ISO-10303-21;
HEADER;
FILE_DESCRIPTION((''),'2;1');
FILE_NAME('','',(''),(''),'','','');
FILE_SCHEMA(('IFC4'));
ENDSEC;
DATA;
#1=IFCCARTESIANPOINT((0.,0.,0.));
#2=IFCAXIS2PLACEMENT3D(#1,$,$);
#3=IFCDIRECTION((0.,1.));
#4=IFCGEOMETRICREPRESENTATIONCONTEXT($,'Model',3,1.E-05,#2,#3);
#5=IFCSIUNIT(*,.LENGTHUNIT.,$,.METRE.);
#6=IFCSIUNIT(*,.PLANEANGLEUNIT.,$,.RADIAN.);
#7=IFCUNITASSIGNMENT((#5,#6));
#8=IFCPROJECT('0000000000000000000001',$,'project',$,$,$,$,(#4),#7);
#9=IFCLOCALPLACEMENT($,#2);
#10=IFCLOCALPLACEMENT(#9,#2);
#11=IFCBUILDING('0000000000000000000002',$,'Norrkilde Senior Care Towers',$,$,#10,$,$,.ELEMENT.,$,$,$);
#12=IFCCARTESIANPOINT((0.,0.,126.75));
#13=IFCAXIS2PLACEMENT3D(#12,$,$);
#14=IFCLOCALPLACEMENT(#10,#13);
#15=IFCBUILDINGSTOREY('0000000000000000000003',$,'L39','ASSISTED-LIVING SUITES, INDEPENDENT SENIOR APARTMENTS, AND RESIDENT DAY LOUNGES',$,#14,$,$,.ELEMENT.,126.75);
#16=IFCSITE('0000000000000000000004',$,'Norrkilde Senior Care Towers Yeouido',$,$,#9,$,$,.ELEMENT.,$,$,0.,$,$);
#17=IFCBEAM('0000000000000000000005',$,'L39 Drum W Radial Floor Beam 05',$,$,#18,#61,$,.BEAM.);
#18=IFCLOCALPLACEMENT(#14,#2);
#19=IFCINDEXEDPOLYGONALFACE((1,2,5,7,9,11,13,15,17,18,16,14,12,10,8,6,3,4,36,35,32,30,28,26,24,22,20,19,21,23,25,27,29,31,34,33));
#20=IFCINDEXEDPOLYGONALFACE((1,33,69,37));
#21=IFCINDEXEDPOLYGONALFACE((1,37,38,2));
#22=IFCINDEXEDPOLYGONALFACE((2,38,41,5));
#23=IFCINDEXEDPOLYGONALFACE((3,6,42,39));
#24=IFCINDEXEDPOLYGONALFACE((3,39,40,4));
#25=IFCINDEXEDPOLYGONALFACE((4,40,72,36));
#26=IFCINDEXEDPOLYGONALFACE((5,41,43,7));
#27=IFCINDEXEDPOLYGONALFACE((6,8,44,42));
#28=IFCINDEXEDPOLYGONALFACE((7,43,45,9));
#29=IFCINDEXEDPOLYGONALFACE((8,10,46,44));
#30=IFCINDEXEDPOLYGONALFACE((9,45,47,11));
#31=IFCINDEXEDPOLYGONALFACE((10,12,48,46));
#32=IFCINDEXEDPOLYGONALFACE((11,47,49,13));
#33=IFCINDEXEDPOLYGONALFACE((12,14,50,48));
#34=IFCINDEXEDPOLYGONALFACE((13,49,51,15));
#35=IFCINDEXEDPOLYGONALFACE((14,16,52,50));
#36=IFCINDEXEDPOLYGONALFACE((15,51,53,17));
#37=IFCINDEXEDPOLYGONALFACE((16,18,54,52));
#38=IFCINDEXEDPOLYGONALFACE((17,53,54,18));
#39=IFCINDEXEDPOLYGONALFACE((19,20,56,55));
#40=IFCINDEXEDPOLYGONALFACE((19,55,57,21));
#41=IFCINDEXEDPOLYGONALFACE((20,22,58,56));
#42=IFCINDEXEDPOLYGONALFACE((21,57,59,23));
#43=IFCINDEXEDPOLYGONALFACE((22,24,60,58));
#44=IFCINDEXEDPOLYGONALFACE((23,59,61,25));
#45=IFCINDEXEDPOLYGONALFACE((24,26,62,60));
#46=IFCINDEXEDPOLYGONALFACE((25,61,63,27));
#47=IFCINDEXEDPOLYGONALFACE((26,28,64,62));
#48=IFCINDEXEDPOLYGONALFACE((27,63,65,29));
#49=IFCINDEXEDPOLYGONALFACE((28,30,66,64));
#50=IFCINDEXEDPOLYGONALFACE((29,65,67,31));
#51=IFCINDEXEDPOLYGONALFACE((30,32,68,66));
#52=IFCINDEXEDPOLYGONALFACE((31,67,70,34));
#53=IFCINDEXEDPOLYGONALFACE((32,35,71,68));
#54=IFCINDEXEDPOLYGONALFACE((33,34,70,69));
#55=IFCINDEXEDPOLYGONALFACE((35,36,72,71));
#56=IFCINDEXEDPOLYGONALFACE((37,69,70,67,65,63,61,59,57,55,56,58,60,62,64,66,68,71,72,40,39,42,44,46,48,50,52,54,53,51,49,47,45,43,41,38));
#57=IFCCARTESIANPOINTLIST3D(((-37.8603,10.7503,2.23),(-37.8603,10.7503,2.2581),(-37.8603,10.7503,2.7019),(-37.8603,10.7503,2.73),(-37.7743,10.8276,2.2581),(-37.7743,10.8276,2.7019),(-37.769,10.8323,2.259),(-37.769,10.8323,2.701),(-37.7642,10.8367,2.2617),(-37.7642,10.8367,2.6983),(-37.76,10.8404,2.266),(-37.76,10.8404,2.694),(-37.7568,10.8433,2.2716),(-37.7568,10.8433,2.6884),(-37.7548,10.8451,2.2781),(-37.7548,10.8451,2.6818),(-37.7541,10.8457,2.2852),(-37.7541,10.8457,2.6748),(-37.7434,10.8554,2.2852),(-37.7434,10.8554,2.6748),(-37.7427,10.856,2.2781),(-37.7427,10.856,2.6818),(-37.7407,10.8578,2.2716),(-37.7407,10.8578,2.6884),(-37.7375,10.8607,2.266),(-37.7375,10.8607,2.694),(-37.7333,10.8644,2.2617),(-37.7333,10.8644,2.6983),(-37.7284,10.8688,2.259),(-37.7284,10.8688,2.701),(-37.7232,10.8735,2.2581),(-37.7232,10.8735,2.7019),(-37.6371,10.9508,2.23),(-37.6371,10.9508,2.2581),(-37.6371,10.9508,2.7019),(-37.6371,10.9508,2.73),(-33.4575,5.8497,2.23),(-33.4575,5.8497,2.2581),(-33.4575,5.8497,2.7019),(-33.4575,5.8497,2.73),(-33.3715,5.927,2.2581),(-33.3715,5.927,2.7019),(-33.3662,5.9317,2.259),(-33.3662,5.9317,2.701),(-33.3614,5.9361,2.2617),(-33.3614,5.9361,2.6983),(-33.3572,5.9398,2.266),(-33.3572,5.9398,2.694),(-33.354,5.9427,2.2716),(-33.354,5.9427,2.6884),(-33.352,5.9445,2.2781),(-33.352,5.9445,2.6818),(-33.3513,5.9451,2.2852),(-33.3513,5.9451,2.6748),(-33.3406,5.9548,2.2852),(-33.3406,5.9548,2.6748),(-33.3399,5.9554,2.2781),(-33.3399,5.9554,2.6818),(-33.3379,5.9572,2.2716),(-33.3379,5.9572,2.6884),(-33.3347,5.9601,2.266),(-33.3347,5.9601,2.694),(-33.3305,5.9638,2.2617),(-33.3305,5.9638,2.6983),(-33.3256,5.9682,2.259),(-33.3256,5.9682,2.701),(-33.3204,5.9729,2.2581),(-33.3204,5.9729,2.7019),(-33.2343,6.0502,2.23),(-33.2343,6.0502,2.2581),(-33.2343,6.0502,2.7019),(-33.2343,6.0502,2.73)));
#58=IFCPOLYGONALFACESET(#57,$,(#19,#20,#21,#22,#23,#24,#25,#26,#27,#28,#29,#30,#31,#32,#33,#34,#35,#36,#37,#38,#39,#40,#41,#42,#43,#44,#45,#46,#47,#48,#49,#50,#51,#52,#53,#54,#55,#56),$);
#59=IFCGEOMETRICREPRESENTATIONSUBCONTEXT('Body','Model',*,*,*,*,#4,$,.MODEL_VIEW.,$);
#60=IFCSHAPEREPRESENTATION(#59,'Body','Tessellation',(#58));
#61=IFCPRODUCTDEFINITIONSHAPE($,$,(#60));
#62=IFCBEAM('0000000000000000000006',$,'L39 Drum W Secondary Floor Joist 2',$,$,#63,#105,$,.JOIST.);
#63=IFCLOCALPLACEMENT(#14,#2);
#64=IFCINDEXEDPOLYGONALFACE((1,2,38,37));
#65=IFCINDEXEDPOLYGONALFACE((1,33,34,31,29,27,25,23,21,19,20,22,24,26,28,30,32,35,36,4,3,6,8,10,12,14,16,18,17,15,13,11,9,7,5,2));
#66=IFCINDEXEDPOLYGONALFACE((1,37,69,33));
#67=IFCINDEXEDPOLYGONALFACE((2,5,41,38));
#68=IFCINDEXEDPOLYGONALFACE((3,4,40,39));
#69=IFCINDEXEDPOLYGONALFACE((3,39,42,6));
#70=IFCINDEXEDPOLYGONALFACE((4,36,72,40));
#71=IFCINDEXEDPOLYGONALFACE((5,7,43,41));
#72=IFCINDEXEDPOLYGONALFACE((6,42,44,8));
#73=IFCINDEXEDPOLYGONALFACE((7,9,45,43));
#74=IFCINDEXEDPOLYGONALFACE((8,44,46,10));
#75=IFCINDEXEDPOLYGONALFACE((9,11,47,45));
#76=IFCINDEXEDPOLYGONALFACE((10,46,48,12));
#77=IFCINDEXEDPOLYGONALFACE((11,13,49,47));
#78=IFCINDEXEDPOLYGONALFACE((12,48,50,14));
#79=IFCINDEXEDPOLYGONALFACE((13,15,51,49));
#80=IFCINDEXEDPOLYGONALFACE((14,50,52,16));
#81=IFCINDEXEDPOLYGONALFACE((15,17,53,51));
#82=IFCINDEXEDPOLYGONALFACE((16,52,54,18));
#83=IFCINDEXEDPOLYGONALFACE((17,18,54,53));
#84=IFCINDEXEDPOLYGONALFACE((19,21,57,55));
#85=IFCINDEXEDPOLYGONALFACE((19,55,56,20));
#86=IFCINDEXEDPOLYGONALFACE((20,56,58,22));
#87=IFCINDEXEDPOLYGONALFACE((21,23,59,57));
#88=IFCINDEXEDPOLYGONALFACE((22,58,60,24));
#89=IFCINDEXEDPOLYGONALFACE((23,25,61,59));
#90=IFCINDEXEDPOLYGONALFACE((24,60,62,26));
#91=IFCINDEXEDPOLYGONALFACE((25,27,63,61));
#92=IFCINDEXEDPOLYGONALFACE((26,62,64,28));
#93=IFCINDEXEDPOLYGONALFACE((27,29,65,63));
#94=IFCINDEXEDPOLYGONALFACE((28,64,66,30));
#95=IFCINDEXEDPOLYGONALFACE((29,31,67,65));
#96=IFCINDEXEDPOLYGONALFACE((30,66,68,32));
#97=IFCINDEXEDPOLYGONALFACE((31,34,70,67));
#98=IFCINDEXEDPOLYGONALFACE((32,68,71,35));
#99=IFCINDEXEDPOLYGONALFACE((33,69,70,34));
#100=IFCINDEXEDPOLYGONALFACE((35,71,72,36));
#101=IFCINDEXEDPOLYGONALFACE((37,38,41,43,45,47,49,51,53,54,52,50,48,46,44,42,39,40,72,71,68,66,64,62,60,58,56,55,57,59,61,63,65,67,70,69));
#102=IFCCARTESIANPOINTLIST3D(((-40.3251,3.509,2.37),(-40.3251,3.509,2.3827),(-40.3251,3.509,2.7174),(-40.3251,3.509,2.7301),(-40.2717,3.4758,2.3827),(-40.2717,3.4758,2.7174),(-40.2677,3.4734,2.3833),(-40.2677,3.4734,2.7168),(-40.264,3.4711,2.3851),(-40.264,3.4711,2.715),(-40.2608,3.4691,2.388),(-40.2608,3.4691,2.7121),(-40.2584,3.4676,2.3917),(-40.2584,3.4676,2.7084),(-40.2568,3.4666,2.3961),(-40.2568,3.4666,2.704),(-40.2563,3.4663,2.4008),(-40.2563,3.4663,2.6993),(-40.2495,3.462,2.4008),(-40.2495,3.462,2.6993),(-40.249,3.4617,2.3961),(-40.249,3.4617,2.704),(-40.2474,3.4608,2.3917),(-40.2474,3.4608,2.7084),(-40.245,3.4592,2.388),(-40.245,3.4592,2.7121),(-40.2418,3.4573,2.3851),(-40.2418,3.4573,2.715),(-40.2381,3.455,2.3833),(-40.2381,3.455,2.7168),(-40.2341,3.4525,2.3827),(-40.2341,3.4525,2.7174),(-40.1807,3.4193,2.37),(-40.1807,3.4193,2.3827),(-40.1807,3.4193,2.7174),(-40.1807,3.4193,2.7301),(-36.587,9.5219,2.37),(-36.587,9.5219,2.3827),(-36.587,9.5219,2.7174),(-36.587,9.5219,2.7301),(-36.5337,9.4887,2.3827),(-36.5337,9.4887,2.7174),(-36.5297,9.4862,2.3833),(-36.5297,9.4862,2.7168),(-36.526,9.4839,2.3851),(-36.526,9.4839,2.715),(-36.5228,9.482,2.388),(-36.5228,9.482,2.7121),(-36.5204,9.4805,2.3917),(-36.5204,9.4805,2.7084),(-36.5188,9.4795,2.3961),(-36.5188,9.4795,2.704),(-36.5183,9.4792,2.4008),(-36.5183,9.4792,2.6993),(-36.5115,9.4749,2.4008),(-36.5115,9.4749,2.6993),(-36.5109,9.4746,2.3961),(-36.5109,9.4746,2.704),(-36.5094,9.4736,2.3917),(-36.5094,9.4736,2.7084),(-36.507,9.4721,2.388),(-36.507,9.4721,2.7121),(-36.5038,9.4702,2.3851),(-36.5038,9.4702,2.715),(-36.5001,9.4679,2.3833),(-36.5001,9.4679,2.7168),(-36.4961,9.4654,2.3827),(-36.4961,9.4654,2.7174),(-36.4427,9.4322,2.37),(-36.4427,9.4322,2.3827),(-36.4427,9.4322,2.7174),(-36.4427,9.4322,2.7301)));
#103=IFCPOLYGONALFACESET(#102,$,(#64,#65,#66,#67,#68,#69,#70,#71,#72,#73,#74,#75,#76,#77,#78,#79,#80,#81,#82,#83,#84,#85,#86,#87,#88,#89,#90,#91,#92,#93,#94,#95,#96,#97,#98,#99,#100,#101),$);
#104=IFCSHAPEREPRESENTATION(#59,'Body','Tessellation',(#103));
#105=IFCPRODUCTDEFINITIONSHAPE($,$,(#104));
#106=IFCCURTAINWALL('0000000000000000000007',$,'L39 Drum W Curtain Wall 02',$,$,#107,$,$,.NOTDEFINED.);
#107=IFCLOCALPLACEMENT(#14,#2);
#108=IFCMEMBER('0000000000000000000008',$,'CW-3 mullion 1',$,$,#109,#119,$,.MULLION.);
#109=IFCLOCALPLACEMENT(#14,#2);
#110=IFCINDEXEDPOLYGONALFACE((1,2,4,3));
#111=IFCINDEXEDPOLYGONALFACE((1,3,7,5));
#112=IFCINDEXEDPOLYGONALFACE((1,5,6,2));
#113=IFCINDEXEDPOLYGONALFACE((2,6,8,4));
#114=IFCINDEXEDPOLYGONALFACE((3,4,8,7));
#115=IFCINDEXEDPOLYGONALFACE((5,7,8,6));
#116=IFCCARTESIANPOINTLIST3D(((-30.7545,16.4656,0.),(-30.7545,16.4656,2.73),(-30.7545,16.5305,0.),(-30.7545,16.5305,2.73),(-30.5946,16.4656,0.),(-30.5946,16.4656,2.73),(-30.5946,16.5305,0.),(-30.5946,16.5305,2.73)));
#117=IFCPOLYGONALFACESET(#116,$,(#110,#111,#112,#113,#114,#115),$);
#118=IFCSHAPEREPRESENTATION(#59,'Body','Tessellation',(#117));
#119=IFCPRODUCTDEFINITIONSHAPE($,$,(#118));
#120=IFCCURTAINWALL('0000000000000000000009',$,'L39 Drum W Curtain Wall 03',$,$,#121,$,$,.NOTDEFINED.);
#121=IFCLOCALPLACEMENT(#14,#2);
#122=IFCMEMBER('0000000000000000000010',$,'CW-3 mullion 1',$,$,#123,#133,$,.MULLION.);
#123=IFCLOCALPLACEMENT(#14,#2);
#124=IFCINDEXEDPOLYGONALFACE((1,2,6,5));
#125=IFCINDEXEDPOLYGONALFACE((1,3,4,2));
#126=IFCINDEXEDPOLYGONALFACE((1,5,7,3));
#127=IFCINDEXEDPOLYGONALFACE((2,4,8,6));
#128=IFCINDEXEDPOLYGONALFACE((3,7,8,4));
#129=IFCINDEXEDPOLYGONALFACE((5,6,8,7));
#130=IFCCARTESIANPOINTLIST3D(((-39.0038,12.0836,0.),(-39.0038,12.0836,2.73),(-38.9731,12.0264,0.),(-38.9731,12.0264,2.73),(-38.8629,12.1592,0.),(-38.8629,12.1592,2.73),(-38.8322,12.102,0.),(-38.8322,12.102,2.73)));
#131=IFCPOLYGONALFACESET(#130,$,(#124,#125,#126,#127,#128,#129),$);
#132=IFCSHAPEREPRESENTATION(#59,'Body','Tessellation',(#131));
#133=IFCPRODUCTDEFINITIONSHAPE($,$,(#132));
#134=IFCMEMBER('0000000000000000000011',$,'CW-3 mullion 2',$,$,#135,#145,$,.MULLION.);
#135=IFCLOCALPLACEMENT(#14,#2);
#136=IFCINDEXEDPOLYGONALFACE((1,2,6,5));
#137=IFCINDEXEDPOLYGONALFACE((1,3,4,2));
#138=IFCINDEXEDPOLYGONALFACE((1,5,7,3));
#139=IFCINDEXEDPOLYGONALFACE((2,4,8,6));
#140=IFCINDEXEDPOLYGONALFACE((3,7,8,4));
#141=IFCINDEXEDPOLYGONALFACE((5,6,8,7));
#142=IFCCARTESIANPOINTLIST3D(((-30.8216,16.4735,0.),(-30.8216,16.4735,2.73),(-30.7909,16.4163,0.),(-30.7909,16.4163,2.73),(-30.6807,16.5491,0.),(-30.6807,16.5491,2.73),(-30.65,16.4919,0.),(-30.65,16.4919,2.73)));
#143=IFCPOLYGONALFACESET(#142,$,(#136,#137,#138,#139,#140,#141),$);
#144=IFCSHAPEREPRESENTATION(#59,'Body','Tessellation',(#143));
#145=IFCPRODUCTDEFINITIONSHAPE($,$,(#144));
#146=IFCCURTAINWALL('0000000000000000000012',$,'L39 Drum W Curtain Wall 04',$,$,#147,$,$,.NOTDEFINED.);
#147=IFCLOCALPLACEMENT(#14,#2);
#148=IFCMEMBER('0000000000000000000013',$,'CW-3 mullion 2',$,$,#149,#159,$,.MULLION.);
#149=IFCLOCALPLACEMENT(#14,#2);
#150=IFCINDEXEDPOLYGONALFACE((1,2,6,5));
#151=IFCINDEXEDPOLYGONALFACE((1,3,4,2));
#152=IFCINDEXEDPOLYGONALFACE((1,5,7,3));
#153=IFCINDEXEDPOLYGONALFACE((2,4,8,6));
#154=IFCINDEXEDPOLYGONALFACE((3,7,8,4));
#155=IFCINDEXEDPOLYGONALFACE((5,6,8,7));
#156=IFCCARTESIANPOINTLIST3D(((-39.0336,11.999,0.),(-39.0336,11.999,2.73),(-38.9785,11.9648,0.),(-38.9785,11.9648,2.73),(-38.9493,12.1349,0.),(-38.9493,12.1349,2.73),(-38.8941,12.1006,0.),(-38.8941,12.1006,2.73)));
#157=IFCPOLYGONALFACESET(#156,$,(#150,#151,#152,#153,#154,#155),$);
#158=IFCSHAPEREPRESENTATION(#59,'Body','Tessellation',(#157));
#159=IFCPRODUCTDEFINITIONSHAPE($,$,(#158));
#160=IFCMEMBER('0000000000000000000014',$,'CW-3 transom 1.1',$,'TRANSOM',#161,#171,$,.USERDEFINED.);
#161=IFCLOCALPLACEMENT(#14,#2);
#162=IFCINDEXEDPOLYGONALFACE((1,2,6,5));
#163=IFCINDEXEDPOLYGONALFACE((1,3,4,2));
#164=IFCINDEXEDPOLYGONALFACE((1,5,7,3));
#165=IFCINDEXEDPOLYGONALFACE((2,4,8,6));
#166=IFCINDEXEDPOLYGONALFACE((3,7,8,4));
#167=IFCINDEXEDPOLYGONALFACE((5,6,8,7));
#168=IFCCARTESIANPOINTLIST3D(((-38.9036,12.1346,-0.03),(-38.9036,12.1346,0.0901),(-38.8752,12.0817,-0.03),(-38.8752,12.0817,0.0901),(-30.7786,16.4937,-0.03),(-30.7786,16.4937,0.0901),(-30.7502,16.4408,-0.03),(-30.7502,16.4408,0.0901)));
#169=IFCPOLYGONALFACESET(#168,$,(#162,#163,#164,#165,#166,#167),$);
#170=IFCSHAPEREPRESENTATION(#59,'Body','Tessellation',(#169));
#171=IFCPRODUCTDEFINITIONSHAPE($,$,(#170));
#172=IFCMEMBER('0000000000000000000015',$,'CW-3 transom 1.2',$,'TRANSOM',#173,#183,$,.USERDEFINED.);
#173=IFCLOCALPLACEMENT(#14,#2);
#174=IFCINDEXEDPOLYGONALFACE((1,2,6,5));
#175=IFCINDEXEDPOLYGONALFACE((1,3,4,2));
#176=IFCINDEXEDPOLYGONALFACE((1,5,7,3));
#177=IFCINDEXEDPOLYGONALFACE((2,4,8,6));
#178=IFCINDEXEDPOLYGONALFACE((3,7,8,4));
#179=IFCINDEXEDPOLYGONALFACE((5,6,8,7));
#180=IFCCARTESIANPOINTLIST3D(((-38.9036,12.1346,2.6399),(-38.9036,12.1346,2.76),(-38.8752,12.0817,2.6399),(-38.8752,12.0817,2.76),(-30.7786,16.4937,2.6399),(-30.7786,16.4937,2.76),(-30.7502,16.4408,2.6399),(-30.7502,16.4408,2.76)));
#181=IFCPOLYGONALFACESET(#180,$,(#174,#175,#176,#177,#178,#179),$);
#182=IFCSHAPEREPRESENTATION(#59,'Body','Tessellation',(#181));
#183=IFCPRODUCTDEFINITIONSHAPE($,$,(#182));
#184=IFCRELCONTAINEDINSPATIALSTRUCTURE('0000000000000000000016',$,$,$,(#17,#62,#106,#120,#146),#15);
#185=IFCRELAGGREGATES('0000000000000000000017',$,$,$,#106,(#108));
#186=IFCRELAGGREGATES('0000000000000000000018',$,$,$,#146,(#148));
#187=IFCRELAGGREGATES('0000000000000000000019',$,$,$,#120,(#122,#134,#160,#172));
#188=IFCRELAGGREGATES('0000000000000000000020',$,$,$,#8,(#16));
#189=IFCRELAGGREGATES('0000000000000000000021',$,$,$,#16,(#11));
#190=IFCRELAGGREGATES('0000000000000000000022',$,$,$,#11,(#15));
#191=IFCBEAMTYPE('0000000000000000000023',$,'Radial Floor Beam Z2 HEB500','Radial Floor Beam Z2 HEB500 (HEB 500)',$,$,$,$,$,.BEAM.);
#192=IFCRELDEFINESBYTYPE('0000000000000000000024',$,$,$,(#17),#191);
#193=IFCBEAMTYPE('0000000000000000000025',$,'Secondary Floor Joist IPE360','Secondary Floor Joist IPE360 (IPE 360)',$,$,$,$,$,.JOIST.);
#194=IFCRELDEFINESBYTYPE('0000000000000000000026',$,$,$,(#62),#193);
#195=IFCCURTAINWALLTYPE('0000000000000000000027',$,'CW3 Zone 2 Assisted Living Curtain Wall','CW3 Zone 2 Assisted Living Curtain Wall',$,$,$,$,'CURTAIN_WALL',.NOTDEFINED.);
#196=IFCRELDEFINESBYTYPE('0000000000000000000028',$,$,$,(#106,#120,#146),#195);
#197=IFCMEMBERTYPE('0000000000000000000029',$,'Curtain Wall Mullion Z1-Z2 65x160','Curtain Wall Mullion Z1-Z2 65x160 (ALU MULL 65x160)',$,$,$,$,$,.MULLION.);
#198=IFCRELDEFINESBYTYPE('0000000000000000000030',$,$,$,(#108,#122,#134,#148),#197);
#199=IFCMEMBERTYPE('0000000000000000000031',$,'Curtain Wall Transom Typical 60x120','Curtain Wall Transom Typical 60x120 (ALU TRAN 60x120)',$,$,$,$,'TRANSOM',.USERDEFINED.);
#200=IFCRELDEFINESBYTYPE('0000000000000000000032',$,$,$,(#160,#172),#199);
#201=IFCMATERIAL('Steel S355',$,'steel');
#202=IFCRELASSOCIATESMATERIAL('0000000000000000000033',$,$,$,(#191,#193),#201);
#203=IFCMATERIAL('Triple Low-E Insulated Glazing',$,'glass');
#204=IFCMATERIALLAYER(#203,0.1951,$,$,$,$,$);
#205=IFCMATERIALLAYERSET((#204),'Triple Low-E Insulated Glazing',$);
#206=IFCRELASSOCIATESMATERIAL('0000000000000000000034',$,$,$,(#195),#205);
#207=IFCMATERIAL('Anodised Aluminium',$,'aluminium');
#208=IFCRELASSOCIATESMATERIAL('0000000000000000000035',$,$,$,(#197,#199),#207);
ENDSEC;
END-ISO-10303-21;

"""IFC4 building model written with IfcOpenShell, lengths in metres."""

from ifc_helpers import new_model, si_unit, direction, frame, origin, origin_2d, place, context, subcontext, project, spatial, rectangle, i_section, extrude, source, transform, mapped, material, layer, layer_set, material_profile, profile_set, type_object, type_shapes, element, aggregate, save


model = new_model("IFC4")

# Units and contexts
model_context = context("Model", 3, precision=1e-05, world=origin(), true_north=direction((0.0, 1.0)))
body_context = subcontext(model_context, "Body", "Model", "MODEL_VIEW")
ifc_project = project(units=[si_unit("LENGTHUNIT", "METRE"), si_unit("PLANEANGLEUNIT", "RADIAN")], contexts=[model_context])

# Site, building, storey
site_placement = place(None, origin())
site = spatial("IfcSite", under=ifc_project, at=site_placement, Name="Norrkilde Senior Care Towers Yeouido", CompositionType="ELEMENT", RefElevation=0.0)
building_placement = place(site_placement, origin())
building = spatial("IfcBuilding", under=site, at=building_placement, Name="Norrkilde Senior Care Towers", CompositionType="ELEMENT")
storey_placement = place(building_placement, frame((0.0, 0.0, 126.75)))
storey = spatial("IfcBuildingStorey", under=building, at=storey_placement, Name="L39", Description="ASSISTED-LIVING SUITES, INDEPENDENT SENIOR APARTMENTS, AND RESIDENT DAY LOUNGES", CompositionType="ELEMENT", Elevation=126.75)

# Beams
ifc_material_1 = material(Name="Steel S355", Category="steel")
ifc_material_profile_1 = material_profile(ifc_material_1, i_section(OverallWidth=0.3, OverallDepth=0.5, WebThickness=0.0144, FlangeThickness=0.0281, FilletRadius=0.0271, at=origin_2d()), Name="HEB 500")
ifc_profile_set_1 = profile_set([ifc_material_profile_1], Name="Steel S355")
beam_type_1 = type_object("IfcBeamType", Name="Radial Floor Beam Z2 HEB500", Description="Radial Floor Beam Z2 HEB500 (HEB 500)", PredefinedType="BEAM", material=ifc_profile_set_1)
shared_shape_1 = source(origin(), body_context, "Body", "SweptSolid", [
    extrude(i_section(OverallWidth=0.3, OverallDepth=0.5, WebThickness=0.0144, FlangeThickness=0.0281, FilletRadius=0.0271, at=origin_2d()), origin(), (0.0, 0.0, 1.0), 6.5879),
])
type_shapes(beam_type_1, [shared_shape_1])
beam_1_placement = place(storey_placement, frame((-33.3459, 5.95, 2.48), z_axis=(-0.668315, 0.743878, 0.0), x_axis=(-0.743878, -0.668315, 0.0)))
element("IfcBeam", 1, at=beam_1_placement, inside=storey, type_object=beam_type_1, Name="L39 Drum W Radial Floor Beam 05", PredefinedType="BEAM", context=body_context, shape_type="MappedRepresentation", body=[
    mapped(shared_shape_1, transform((0.0, 0.0, 0.0), x_axis=(1.0, 0.0, 0.0), y_axis=(0.0, 1.0, 0.0), z_axis=(0.0, 0.0, 1.0), scale=1.0)),
])
ifc_material_profile_2 = material_profile(ifc_material_1, i_section(OverallWidth=0.1699, OverallDepth=0.3601, WebThickness=0.0081, FlangeThickness=0.0127, FilletRadius=0.0181, at=origin_2d()), Name="IPE 360")
ifc_profile_set_2 = profile_set([ifc_material_profile_2], Name="Steel S355")
beam_type_2 = type_object("IfcBeamType", Name="Secondary Floor Joist IPE360", Description="Secondary Floor Joist IPE360 (IPE 360)", PredefinedType="JOIST", material=ifc_profile_set_2)
shared_shape_2 = source(origin(), body_context, "Body", "SweptSolid", [
    extrude(i_section(OverallWidth=0.1699, OverallDepth=0.3601, WebThickness=0.0081, FlangeThickness=0.0127, FilletRadius=0.0181, at=origin_2d()), origin(), (0.0, 0.0, 1.0), 7.0801),
])
type_shapes(beam_type_2, [shared_shape_2])
beam_2_placement = place(storey_placement, frame((-36.5149, 9.4771, 2.55), z_axis=(-0.527961, -0.849269, 0.0), x_axis=(0.849269, -0.527961, 0.0)))
element("IfcBeam", 2, at=beam_2_placement, inside=storey, type_object=beam_type_2, Name="L39 Drum W Secondary Floor Joist 2", PredefinedType="JOIST", context=body_context, shape_type="MappedRepresentation", body=[
    mapped(shared_shape_2, transform((0.0, 0.0, 0.0), x_axis=(1.0, 0.0, 0.0), y_axis=(0.0, 1.0, 0.0), z_axis=(0.0, 0.0, 1.0), scale=1.0)),
])

# Curtain wall, member
ifc_material_2 = material(Name="Triple Low-E Insulated Glazing", Category="glass")
ifc_layer_1 = layer(ifc_material_2, 0.1951)
ifc_layer_set_1 = layer_set([ifc_layer_1], Name="Triple Low-E Insulated Glazing")
curtain_wall_type = type_object("IfcCurtainWallType", Name="CW3 Zone 2 Assisted Living Curtain Wall", Description="CW3 Zone 2 Assisted Living Curtain Wall", ElementType="CURTAIN_WALL", PredefinedType="NOTDEFINED", material=ifc_layer_set_1)
curtain_wall_1_placement = place(storey_placement, origin())
curtain_wall_1 = element("IfcCurtainWall", 3, at=curtain_wall_1_placement, inside=storey, type_object=curtain_wall_type, Name="L39 Drum W Curtain Wall 02", PredefinedType="NOTDEFINED")
ifc_material_3 = material(Name="Anodised Aluminium", Category="aluminium")
ifc_material_profile_3 = material_profile(ifc_material_3, rectangle(XDim=0.0649, YDim=0.1599, at=origin_2d()), Name="ALU MULL 65x160")
ifc_profile_set_3 = profile_set([ifc_material_profile_3], Name="Anodised Aluminium")
member_type_1 = type_object("IfcMemberType", Name="Curtain Wall Mullion Z1-Z2 65x160", Description="Curtain Wall Mullion Z1-Z2 65x160 (ALU MULL 65x160)", PredefinedType="MULLION", material=ifc_profile_set_3)
shared_shape_3 = source(origin(), body_context, "Body", "SweptSolid", [
    extrude(rectangle(XDim=0.0649, YDim=0.1599, at=origin_2d()), origin(), (0.0, 0.0, 1.0), 2.73),
])
type_shapes(member_type_1, [shared_shape_3])
member_1_placement = place(storey_placement, frame((-30.6746, 16.498, 0.0), z_axis=(0.0, 0.0, 1.0), x_axis=(0.0, 1.0, 0.0)))
member_1 = element("IfcMember", 4, at=member_1_placement, type_object=member_type_1, Name="CW-3 mullion 1", PredefinedType="MULLION", context=body_context, shape_type="MappedRepresentation", body=[
    mapped(shared_shape_3, transform((0.0, 0.0, 0.0), x_axis=(1.0, 0.0, 0.0), y_axis=(0.0, 1.0, 0.0), z_axis=(0.0, 0.0, 1.0), scale=1.0)),
])

# Curtain wall, members
curtain_wall_2_placement = place(storey_placement, origin())
curtain_wall_2 = element("IfcCurtainWall", 5, at=curtain_wall_2_placement, inside=storey, type_object=curtain_wall_type, Name="L39 Drum W Curtain Wall 03", PredefinedType="NOTDEFINED")
member_2_placement = place(storey_placement, frame((-38.918, 12.0928, 0.0), z_axis=(0.0, 0.0, 1.0), x_axis=(-0.472769, 0.881186, 0.0)))
member_2 = element("IfcMember", 6, at=member_2_placement, type_object=member_type_1, Name="CW-3 mullion 1", PredefinedType="MULLION", context=body_context, shape_type="MappedRepresentation", body=[
    mapped(shared_shape_3, transform((0.0, 0.0, 0.0), x_axis=(1.0, 0.0, 0.0), y_axis=(0.0, 1.0, 0.0), z_axis=(0.0, 0.0, 1.0), scale=1.0)),
])
member_3_placement = place(storey_placement, frame((-30.7358, 16.4827, 0.0), z_axis=(0.0, 0.0, 1.0), x_axis=(-0.472769, 0.881186, 0.0)))
member_3 = element("IfcMember", 7, at=member_3_placement, type_object=member_type_1, Name="CW-3 mullion 2", PredefinedType="MULLION", context=body_context, shape_type="MappedRepresentation", body=[
    mapped(shared_shape_3, transform((0.0, 0.0, 0.0), x_axis=(1.0, 0.0, 0.0), y_axis=(0.0, 1.0, 0.0), z_axis=(0.0, 0.0, 1.0), scale=1.0)),
])

# Curtain wall, member
curtain_wall_3_placement = place(storey_placement, origin())
curtain_wall_3 = element("IfcCurtainWall", 8, at=curtain_wall_3_placement, inside=storey, type_object=curtain_wall_type, Name="L39 Drum W Curtain Wall 04", PredefinedType="NOTDEFINED")
member_4_placement = place(storey_placement, frame((-38.9639, 12.0498, 0.0), z_axis=(0.0, 0.0, 1.0), x_axis=(-0.84941, 0.527733, 0.0)))
member_4 = element("IfcMember", 9, at=member_4_placement, type_object=member_type_1, Name="CW-3 mullion 2", PredefinedType="MULLION", context=body_context, shape_type="MappedRepresentation", body=[
    mapped(shared_shape_3, transform((0.0, 0.0, 0.0), x_axis=(1.0, 0.0, 0.0), y_axis=(0.0, 1.0, 0.0), z_axis=(0.0, 0.0, 1.0), scale=1.0)),
])

# Members
ifc_material_profile_4 = material_profile(ifc_material_3, rectangle(XDim=0.0601, YDim=0.1201, at=origin_2d()), Name="ALU TRAN 60x120")
ifc_profile_set_4 = profile_set([ifc_material_profile_4], Name="Anodised Aluminium")
member_type_2 = type_object("IfcMemberType", Name="Curtain Wall Transom Typical 60x120", Description="Curtain Wall Transom Typical 60x120 (ALU TRAN 60x120)", ElementType="TRANSOM", PredefinedType="USERDEFINED", material=ifc_profile_set_4)
shared_shape_4 = source(origin(), body_context, "Body", "SweptSolid", [
    extrude(rectangle(XDim=0.0601, YDim=0.1201, at=origin_2d()), origin(), (0.0, 0.0, 1.0), 9.2205),
])
member_5_placement = place(storey_placement, frame((-38.8894, 12.1082, 0.03), z_axis=(0.881189, 0.472765, 0.0), x_axis=(-0.472765, 0.881189, 0.0)))
member_5 = element("IfcMember", 10, at=member_5_placement, type_object=member_type_2, Name="CW-3 transom 1.1", ObjectType="TRANSOM", PredefinedType="USERDEFINED", context=body_context, shape_type="MappedRepresentation", body=[
    mapped(shared_shape_4, transform((0.0, 0.0, 0.0), x_axis=(1.0, 0.0, 0.0), y_axis=(0.0, 1.0, 0.0), z_axis=(0.0, 0.0, 1.0), scale=1.0)),
])
member_6_placement = place(storey_placement, frame((-38.8894, 12.1082, 2.7), z_axis=(0.881189, 0.472765, 0.0), x_axis=(-0.472765, 0.881189, 0.0)))
member_6 = element("IfcMember", 11, at=member_6_placement, type_object=member_type_2, Name="CW-3 transom 1.2", ObjectType="TRANSOM", PredefinedType="USERDEFINED", context=body_context, shape_type="MappedRepresentation", body=[
    mapped(shared_shape_4, transform((0.0, 0.0, 0.0), x_axis=(1.0, 0.0, 0.0), y_axis=(0.0, 1.0, 0.0), z_axis=(0.0, 0.0, 1.0), scale=1.0)),
])
aggregate(curtain_wall_1, [member_1])

aggregate(curtain_wall_3, [member_4])
aggregate(curtain_wall_2, [member_2, member_3, member_5, member_6])

save(model, "model.ifc")
